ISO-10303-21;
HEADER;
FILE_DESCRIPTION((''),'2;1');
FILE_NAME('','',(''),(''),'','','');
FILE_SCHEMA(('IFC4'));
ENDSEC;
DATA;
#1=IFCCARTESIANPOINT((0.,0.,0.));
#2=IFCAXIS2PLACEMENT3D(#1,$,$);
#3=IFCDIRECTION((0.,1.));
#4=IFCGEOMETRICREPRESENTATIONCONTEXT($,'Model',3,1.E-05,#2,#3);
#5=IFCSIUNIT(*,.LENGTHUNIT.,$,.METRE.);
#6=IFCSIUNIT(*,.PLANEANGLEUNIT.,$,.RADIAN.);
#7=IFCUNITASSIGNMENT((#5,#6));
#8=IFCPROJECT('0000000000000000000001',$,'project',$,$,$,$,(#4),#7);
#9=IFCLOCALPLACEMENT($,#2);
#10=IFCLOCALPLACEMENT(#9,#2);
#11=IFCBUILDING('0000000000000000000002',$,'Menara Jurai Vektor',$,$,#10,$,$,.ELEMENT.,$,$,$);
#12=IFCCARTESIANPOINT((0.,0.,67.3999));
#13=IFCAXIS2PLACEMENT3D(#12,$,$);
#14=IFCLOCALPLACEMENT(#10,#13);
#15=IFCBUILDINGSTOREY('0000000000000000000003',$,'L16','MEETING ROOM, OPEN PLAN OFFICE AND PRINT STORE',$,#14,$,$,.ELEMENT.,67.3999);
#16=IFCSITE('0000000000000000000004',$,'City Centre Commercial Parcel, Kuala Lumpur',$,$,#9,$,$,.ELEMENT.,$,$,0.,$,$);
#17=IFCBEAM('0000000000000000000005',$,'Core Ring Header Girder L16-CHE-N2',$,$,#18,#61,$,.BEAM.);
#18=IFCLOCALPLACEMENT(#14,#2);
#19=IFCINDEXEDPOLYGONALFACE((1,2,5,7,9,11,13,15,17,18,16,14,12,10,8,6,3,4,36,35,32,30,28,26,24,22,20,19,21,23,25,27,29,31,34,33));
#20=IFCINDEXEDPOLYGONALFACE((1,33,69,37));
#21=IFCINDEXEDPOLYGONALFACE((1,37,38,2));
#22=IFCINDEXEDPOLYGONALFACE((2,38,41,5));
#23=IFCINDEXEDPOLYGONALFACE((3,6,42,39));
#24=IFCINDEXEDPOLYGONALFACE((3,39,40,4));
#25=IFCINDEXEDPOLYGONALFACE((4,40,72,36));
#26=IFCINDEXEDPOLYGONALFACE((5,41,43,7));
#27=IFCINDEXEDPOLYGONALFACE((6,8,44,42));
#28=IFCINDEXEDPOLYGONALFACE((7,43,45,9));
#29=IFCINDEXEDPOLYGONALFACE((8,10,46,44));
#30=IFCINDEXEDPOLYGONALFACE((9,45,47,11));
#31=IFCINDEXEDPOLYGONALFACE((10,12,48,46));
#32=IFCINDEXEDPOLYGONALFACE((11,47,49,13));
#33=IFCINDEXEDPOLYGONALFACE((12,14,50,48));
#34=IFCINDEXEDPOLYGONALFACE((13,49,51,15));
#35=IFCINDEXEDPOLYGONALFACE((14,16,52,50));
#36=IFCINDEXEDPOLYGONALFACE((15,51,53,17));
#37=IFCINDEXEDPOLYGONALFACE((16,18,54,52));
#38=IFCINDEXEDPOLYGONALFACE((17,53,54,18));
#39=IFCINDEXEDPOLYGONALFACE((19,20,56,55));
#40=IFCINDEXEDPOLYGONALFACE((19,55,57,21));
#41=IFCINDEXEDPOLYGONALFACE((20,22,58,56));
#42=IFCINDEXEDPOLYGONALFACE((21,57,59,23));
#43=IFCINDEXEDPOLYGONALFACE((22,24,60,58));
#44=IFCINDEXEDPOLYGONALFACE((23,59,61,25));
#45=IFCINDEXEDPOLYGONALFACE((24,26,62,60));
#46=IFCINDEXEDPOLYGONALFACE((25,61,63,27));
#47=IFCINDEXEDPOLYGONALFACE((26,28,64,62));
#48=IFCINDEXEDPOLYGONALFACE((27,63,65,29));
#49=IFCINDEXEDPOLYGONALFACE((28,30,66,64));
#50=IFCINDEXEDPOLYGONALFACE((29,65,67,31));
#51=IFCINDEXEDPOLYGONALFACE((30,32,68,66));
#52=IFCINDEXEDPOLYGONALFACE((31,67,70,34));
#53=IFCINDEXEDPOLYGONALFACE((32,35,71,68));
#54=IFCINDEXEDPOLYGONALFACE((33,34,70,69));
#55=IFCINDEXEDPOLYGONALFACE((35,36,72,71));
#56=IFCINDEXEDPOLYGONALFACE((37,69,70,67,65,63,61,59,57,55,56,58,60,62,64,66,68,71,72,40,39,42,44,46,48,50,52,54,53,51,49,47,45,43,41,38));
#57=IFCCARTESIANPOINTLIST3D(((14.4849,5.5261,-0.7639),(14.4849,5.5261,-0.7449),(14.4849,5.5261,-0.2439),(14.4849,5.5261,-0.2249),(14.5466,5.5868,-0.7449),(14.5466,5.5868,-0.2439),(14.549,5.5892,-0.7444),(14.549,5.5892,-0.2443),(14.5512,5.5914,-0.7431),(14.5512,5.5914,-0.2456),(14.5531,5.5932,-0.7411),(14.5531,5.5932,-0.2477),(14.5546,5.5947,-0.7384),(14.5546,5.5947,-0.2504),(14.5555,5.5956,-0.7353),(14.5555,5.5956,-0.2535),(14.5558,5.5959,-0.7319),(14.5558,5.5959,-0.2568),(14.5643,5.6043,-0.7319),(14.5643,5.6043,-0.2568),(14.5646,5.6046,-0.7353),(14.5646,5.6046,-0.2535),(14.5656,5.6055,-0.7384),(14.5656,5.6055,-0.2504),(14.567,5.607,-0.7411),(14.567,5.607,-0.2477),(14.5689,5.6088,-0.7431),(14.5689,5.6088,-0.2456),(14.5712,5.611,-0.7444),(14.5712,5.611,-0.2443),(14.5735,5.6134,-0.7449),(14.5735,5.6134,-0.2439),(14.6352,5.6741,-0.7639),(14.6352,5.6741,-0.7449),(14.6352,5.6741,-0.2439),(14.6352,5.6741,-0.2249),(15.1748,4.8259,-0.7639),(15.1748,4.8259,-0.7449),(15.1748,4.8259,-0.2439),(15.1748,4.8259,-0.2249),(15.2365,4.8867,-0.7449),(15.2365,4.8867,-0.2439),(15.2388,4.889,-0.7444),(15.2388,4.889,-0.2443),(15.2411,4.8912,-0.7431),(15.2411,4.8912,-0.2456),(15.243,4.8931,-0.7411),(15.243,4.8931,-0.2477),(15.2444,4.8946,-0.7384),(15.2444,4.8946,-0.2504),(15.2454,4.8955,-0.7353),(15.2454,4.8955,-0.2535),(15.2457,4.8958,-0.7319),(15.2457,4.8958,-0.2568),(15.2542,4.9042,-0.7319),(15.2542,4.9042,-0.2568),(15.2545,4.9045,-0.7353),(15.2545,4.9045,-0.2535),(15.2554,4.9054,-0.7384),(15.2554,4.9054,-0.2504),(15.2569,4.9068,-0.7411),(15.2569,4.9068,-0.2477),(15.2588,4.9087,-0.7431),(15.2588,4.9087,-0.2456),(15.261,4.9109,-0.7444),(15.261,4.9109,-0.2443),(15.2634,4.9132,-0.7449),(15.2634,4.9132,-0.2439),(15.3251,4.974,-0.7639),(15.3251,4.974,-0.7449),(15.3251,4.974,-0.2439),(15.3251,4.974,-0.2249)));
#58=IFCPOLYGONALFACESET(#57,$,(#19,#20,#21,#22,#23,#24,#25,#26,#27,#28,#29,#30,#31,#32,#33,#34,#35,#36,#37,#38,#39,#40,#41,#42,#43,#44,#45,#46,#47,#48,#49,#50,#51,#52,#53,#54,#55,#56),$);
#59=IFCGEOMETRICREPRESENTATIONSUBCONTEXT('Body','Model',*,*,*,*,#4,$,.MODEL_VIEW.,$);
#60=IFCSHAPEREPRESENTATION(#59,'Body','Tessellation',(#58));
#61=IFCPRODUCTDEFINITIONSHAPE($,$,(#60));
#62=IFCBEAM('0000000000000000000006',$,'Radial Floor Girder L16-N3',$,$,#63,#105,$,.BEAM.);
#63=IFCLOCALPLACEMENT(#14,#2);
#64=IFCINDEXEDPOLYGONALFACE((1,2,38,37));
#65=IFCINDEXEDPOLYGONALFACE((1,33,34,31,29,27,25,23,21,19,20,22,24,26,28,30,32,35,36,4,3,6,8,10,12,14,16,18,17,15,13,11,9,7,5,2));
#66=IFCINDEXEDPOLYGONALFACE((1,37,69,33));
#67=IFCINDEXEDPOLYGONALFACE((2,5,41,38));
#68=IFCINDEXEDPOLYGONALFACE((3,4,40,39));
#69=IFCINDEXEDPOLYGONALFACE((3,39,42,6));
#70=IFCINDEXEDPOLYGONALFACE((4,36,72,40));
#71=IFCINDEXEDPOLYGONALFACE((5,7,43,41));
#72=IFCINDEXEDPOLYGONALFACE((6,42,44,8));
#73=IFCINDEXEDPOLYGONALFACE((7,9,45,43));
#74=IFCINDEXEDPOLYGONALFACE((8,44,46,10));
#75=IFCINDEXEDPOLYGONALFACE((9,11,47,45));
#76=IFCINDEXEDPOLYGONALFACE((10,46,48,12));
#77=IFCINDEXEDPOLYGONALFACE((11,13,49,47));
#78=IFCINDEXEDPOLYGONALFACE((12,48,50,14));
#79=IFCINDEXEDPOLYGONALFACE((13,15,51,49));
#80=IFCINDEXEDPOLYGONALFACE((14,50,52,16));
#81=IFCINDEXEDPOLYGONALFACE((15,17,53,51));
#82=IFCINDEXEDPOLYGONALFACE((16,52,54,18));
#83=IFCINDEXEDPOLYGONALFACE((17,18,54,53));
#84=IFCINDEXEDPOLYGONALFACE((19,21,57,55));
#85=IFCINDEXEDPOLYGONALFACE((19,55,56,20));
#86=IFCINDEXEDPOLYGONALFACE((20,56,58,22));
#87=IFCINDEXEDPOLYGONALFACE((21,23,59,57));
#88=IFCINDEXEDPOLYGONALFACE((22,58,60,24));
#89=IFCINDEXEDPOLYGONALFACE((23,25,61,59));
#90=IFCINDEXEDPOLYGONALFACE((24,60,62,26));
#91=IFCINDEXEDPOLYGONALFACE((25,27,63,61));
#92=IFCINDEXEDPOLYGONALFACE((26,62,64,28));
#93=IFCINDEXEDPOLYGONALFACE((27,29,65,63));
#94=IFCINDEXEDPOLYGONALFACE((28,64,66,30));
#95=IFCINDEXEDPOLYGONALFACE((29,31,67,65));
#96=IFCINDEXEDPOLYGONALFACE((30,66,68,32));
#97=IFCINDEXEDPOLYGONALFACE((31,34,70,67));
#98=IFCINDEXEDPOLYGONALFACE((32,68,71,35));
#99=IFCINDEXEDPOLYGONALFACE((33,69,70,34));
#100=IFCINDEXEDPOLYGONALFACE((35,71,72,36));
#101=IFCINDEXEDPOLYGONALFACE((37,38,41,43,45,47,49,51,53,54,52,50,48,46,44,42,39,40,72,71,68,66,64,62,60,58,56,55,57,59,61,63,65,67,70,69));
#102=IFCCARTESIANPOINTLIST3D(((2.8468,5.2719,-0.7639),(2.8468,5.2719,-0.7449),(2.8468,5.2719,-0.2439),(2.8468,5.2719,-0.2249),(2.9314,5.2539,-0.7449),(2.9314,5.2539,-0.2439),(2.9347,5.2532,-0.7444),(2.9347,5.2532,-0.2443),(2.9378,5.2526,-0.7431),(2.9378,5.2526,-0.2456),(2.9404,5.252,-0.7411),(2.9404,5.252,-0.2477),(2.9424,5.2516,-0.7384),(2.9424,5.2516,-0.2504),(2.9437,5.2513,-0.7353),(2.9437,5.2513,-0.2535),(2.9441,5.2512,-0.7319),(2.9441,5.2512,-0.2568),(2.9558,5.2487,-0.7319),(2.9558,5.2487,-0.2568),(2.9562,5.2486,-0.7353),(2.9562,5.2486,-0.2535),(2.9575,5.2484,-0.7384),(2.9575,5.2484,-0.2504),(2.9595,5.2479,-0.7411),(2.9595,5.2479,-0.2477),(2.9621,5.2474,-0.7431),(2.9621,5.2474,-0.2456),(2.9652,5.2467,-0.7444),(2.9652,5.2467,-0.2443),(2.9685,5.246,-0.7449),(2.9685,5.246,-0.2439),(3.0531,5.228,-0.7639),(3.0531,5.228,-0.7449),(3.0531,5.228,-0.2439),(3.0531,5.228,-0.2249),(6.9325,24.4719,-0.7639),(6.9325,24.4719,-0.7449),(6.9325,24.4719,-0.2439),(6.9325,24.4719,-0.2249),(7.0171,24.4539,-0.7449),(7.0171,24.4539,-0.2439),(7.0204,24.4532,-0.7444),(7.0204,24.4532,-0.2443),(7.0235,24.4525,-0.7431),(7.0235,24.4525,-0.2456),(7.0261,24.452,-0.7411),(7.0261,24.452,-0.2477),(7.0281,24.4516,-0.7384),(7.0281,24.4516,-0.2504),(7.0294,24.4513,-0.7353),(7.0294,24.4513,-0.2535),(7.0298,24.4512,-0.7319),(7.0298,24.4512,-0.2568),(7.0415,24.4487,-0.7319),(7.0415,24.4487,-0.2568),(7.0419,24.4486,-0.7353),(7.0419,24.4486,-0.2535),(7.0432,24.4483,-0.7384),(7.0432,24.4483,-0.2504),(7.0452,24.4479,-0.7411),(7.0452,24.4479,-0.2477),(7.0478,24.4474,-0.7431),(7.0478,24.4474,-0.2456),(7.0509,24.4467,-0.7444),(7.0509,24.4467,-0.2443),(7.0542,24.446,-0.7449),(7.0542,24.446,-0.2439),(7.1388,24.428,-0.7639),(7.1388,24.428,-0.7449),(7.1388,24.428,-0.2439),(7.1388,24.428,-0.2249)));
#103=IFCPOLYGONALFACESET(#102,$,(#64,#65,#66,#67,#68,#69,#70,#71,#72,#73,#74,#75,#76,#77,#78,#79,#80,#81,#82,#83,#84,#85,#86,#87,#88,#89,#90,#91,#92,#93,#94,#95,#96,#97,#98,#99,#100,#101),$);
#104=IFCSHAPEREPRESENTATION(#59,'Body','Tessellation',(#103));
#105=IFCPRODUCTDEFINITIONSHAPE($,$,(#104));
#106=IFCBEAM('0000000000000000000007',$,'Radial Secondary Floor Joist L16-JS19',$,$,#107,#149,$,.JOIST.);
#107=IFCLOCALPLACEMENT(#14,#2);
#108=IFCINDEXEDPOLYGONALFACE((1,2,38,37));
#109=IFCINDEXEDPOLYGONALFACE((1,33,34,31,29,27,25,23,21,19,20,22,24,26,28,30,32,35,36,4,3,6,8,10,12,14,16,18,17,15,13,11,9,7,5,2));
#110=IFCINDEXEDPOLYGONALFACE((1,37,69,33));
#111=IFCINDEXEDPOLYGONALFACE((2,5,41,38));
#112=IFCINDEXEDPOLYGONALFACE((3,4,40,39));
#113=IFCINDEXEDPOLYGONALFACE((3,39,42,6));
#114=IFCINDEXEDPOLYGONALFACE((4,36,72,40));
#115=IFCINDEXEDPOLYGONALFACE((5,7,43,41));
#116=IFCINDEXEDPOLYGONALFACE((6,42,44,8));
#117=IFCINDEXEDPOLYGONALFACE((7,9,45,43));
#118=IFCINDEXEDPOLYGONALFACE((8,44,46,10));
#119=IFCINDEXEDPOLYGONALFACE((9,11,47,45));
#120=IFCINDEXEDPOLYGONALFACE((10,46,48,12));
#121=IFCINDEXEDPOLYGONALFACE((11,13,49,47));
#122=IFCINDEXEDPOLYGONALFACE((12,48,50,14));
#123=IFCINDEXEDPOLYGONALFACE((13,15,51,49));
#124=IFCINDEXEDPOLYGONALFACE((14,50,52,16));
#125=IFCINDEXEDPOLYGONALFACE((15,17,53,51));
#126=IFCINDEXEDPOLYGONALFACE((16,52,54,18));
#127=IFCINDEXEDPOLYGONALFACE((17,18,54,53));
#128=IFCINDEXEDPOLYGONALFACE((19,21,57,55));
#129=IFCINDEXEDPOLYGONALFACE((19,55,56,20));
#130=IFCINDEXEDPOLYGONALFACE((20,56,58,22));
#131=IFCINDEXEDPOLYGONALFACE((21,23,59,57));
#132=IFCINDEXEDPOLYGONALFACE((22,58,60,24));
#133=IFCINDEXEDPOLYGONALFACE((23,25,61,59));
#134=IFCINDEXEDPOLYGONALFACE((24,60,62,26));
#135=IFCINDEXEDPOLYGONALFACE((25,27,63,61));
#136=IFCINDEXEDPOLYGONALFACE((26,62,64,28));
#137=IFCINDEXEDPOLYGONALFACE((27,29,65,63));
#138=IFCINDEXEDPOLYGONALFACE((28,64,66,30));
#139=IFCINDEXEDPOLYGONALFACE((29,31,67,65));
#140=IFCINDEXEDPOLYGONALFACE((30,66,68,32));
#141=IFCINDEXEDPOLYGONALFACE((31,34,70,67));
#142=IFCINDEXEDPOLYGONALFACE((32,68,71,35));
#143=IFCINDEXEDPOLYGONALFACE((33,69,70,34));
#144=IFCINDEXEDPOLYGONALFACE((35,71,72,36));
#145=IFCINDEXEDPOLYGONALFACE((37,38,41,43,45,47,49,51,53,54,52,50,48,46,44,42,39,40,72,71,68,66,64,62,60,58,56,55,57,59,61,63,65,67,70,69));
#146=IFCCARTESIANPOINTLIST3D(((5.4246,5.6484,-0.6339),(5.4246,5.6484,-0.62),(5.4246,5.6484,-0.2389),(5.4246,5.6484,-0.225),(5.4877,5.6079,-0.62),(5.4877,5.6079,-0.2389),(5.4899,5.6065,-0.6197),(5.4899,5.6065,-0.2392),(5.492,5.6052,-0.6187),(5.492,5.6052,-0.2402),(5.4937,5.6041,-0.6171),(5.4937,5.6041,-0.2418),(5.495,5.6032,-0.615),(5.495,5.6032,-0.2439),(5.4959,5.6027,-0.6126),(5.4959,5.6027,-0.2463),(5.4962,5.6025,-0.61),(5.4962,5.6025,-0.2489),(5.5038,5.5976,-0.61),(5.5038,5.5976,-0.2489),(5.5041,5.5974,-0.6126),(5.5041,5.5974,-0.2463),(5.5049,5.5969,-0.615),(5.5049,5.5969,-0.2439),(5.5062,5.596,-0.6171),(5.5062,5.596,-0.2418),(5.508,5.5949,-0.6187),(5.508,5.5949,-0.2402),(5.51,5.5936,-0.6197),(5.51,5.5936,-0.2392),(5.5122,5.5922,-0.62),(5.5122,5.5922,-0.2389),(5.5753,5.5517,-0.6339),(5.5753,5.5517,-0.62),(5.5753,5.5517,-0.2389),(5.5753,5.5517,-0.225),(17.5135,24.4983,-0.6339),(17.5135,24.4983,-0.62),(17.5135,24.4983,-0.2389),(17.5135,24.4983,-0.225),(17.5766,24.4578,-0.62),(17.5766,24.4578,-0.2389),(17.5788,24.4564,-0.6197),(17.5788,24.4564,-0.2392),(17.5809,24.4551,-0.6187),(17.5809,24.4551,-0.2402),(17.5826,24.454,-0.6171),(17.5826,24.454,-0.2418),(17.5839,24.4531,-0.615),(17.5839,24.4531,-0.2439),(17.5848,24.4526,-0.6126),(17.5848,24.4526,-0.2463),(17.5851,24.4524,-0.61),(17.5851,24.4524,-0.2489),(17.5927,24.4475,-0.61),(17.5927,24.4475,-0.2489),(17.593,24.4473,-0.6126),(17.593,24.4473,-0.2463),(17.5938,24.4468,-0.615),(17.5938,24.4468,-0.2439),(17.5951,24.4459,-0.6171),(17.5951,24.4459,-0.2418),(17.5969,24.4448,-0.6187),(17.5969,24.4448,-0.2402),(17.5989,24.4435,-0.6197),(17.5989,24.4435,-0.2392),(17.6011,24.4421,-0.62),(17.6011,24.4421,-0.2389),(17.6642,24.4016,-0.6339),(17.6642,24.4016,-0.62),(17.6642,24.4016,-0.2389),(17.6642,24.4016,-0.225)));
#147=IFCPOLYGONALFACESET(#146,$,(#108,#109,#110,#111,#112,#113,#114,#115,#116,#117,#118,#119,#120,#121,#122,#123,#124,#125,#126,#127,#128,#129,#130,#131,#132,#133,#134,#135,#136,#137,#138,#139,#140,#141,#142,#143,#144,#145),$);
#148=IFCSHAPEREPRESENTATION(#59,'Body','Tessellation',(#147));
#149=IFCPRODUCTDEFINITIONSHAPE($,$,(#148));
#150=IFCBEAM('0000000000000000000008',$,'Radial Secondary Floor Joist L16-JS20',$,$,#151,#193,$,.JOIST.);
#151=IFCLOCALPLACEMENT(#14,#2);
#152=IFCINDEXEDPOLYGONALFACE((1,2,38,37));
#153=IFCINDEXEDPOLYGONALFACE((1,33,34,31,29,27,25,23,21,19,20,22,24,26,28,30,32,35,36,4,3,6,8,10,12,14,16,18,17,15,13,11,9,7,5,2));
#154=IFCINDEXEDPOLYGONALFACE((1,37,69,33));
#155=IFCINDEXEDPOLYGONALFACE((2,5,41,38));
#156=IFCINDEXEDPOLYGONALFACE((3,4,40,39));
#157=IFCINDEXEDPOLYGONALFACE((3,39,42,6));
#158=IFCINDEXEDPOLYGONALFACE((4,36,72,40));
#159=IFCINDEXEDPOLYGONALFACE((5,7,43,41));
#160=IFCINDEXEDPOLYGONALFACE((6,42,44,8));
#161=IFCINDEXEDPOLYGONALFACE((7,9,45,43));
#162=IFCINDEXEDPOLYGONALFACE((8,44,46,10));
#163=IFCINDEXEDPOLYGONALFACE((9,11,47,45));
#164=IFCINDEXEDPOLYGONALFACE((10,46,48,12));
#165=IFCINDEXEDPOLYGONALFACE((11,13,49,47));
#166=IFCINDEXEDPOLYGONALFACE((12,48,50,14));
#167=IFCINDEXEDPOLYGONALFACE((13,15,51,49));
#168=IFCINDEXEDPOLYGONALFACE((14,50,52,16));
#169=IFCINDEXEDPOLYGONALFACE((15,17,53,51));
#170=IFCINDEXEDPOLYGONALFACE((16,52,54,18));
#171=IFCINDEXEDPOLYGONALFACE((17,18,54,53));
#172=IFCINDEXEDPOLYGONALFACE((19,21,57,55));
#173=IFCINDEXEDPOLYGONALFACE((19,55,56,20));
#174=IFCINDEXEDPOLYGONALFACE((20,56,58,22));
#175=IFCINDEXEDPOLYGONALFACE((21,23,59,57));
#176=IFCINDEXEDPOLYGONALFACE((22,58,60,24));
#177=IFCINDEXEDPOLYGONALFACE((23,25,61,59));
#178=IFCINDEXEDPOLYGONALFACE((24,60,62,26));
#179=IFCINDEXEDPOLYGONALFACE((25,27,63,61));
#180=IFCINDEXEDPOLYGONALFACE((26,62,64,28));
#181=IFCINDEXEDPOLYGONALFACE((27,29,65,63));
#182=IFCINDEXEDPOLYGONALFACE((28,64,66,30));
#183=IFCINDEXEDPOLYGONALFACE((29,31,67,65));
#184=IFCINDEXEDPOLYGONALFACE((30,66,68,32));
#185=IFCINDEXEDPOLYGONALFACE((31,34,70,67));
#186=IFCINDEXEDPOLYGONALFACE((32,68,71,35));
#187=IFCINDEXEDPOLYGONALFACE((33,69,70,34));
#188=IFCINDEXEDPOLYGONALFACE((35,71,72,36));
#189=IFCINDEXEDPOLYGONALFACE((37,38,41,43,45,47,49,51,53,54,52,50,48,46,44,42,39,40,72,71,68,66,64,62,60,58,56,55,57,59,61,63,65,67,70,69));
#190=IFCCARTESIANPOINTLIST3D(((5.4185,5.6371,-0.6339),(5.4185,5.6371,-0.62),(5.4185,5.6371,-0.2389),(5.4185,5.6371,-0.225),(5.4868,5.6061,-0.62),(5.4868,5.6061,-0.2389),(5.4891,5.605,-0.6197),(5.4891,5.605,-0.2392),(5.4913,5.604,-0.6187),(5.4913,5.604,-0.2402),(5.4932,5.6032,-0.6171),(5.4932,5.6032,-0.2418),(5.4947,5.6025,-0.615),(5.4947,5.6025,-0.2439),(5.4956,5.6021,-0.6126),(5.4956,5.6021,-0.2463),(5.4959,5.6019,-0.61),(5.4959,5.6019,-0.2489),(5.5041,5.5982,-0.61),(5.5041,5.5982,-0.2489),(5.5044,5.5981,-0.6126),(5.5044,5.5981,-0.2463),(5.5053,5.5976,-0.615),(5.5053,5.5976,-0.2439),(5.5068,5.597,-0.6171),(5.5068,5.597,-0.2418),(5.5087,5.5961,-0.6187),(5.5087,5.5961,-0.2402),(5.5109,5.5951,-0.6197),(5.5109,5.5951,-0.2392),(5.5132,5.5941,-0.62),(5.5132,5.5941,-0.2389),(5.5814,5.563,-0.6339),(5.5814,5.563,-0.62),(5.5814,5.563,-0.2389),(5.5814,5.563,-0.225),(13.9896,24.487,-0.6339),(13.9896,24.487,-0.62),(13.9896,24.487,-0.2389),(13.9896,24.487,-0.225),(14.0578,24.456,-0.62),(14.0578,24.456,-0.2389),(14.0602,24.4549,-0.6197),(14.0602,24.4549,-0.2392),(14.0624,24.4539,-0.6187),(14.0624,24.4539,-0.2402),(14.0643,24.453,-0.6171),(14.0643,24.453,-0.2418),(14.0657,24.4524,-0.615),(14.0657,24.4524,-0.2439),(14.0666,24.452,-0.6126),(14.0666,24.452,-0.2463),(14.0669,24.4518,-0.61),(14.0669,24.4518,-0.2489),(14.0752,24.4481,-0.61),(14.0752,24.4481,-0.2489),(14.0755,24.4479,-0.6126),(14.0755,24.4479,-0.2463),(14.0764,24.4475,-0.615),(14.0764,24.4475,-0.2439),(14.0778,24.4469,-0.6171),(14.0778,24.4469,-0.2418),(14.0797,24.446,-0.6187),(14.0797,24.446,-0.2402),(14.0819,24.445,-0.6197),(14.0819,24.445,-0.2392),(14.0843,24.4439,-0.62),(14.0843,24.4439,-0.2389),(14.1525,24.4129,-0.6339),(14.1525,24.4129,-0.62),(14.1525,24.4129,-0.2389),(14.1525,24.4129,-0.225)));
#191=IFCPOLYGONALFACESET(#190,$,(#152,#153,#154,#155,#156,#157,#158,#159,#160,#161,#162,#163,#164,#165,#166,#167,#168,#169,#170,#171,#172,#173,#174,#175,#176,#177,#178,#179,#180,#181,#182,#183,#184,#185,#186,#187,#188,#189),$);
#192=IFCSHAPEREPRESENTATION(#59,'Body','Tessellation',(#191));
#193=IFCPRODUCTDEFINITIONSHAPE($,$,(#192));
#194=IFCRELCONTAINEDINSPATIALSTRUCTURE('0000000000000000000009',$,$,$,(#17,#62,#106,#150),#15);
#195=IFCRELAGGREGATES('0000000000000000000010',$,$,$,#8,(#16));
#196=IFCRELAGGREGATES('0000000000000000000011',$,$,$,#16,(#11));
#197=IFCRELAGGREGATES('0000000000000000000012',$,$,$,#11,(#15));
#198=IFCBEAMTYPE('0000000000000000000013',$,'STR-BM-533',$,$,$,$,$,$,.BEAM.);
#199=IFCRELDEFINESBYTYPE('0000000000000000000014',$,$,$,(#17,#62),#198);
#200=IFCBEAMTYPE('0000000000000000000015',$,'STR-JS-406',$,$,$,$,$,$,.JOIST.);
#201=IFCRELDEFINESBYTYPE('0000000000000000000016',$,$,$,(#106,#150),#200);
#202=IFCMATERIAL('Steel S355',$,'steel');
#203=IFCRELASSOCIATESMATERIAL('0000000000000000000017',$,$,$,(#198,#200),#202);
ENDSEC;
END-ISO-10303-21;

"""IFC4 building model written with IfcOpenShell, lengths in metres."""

from ifc_helpers import new_model, si_unit, direction, frame, origin, origin_2d, place, context, subcontext, project, spatial, i_section, extrude, material, material_profile, profile_set, type_object, element, save


model = new_model("IFC4")

# Units and contexts
model_context = context("Model", 3, precision=1e-05, world=origin(), true_north=direction((0.0, 1.0)))
body_context = subcontext(model_context, "Body", "Model", "MODEL_VIEW")
ifc_project = project(units=[si_unit("LENGTHUNIT", "METRE"), si_unit("PLANEANGLEUNIT", "RADIAN")], contexts=[model_context])

# Site, building, storey
site_placement = place(None, origin())
site = spatial("IfcSite", under=ifc_project, at=site_placement, Name="City Centre Commercial Parcel, Kuala Lumpur", CompositionType="ELEMENT", RefElevation=0.0)
building_placement = place(site_placement, origin())
building = spatial("IfcBuilding", under=site, at=building_placement, Name="Menara Jurai Vektor", CompositionType="ELEMENT")
storey_placement = place(building_placement, frame((0.0, 0.0, 67.3999)))
storey = spatial("IfcBuildingStorey", under=building, at=storey_placement, Name="L16", Description="MEETING ROOM, OPEN PLAN OFFICE AND PRINT STORE", CompositionType="ELEMENT", Elevation=67.3999)

# Beams
ifc_material_1 = material(Name="Steel S355", Category="steel")
ifc_material_profile_1 = material_profile(ifc_material_1, i_section(OverallWidth=0.2109, OverallDepth=0.5391, WebThickness=0.012, FlangeThickness=0.019, FilletRadius=0.0129, at=origin_2d()), Name="UKB 533x210x109")
ifc_profile_set_1 = profile_set([ifc_material_profile_1], Name="Steel S355")
beam_type_1 = type_object("IfcBeamType", Name="STR-BM-533", PredefinedType="BEAM", material=ifc_profile_set_1)
beam_1_placement = place(storey_placement, frame((14.5601, 5.6001, -0.4944), z_axis=(0.701872, -0.712303, 0.0), x_axis=(0.712303, 0.701872, 0.0)))
element("IfcBeam", 1, at=beam_1_placement, inside=storey, type_object=beam_type_1, Name="Core Ring Header Girder L16-CHE-N2", PredefinedType="BEAM", context=body_context, shape_type="SweptSolid", body=[
    extrude(i_section(OverallWidth=0.2109, OverallDepth=0.5391, WebThickness=0.012, FlangeThickness=0.019, FilletRadius=0.0129, at=origin_2d()), origin(), (0.0, 0.0, 1.0), 0.9829),
])
beam_2_placement = place(storey_placement, frame((7.0356, 24.45, -0.4944), z_axis=(-0.208137, -0.9781, 0.0), x_axis=(0.9781, -0.208137, 0.0)))
element("IfcBeam", 2, at=beam_2_placement, inside=storey, type_object=beam_type_1, Name="Radial Floor Girder L16-N3", PredefinedType="BEAM", context=body_context, shape_type="SweptSolid", body=[
    extrude(i_section(OverallWidth=0.2109, OverallDepth=0.5391, WebThickness=0.012, FlangeThickness=0.019, FilletRadius=0.0129, at=origin_2d()), origin(), (0.0, 0.0, 1.0), 19.6299),
])
ifc_material_profile_2 = material_profile(ifc_material_1, i_section(OverallWidth=0.179, OverallDepth=0.4089, WebThickness=0.009, FlangeThickness=0.0139, FilletRadius=0.01, at=origin_2d()), Name="UKB 406x178x67")
ifc_profile_set_2 = profile_set([ifc_material_profile_2], Name="Steel S355")
beam_type_2 = type_object("IfcBeamType", Name="STR-JS-406", PredefinedType="JOIST", material=ifc_profile_set_2)
beam_3_placement = place(storey_placement, frame((17.5889, 24.45, -0.4294), z_axis=(-0.539844, -0.841765, 0.0), x_axis=(0.841765, -0.539844, 0.0)))
element("IfcBeam", 3, at=beam_3_placement, inside=storey, type_object=beam_type_2, Name="Radial Secondary Floor Joist L16-JS19", PredefinedType="JOIST", context=body_context, shape_type="SweptSolid", body=[
    extrude(i_section(OverallWidth=0.179, OverallDepth=0.4089, WebThickness=0.009, FlangeThickness=0.0139, FilletRadius=0.01, at=origin_2d()), origin(), (0.0, 0.0, 1.0), 22.3933),
])
beam_4_placement = place(storey_placement, frame((14.071, 24.45, -0.4294), z_axis=(-0.41392, -0.910313, 0.0), x_axis=(0.910313, -0.41392, 0.0)))
element("IfcBeam", 4, at=beam_4_placement, inside=storey, type_object=beam_type_2, Name="Radial Secondary Floor Joist L16-JS20", PredefinedType="JOIST", context=body_context, shape_type="SweptSolid", body=[
    extrude(i_section(OverallWidth=0.179, OverallDepth=0.4089, WebThickness=0.009, FlangeThickness=0.0139, FilletRadius=0.01, at=origin_2d()), origin(), (0.0, 0.0, 1.0), 20.707),
])

save(model, "model.ifc")
